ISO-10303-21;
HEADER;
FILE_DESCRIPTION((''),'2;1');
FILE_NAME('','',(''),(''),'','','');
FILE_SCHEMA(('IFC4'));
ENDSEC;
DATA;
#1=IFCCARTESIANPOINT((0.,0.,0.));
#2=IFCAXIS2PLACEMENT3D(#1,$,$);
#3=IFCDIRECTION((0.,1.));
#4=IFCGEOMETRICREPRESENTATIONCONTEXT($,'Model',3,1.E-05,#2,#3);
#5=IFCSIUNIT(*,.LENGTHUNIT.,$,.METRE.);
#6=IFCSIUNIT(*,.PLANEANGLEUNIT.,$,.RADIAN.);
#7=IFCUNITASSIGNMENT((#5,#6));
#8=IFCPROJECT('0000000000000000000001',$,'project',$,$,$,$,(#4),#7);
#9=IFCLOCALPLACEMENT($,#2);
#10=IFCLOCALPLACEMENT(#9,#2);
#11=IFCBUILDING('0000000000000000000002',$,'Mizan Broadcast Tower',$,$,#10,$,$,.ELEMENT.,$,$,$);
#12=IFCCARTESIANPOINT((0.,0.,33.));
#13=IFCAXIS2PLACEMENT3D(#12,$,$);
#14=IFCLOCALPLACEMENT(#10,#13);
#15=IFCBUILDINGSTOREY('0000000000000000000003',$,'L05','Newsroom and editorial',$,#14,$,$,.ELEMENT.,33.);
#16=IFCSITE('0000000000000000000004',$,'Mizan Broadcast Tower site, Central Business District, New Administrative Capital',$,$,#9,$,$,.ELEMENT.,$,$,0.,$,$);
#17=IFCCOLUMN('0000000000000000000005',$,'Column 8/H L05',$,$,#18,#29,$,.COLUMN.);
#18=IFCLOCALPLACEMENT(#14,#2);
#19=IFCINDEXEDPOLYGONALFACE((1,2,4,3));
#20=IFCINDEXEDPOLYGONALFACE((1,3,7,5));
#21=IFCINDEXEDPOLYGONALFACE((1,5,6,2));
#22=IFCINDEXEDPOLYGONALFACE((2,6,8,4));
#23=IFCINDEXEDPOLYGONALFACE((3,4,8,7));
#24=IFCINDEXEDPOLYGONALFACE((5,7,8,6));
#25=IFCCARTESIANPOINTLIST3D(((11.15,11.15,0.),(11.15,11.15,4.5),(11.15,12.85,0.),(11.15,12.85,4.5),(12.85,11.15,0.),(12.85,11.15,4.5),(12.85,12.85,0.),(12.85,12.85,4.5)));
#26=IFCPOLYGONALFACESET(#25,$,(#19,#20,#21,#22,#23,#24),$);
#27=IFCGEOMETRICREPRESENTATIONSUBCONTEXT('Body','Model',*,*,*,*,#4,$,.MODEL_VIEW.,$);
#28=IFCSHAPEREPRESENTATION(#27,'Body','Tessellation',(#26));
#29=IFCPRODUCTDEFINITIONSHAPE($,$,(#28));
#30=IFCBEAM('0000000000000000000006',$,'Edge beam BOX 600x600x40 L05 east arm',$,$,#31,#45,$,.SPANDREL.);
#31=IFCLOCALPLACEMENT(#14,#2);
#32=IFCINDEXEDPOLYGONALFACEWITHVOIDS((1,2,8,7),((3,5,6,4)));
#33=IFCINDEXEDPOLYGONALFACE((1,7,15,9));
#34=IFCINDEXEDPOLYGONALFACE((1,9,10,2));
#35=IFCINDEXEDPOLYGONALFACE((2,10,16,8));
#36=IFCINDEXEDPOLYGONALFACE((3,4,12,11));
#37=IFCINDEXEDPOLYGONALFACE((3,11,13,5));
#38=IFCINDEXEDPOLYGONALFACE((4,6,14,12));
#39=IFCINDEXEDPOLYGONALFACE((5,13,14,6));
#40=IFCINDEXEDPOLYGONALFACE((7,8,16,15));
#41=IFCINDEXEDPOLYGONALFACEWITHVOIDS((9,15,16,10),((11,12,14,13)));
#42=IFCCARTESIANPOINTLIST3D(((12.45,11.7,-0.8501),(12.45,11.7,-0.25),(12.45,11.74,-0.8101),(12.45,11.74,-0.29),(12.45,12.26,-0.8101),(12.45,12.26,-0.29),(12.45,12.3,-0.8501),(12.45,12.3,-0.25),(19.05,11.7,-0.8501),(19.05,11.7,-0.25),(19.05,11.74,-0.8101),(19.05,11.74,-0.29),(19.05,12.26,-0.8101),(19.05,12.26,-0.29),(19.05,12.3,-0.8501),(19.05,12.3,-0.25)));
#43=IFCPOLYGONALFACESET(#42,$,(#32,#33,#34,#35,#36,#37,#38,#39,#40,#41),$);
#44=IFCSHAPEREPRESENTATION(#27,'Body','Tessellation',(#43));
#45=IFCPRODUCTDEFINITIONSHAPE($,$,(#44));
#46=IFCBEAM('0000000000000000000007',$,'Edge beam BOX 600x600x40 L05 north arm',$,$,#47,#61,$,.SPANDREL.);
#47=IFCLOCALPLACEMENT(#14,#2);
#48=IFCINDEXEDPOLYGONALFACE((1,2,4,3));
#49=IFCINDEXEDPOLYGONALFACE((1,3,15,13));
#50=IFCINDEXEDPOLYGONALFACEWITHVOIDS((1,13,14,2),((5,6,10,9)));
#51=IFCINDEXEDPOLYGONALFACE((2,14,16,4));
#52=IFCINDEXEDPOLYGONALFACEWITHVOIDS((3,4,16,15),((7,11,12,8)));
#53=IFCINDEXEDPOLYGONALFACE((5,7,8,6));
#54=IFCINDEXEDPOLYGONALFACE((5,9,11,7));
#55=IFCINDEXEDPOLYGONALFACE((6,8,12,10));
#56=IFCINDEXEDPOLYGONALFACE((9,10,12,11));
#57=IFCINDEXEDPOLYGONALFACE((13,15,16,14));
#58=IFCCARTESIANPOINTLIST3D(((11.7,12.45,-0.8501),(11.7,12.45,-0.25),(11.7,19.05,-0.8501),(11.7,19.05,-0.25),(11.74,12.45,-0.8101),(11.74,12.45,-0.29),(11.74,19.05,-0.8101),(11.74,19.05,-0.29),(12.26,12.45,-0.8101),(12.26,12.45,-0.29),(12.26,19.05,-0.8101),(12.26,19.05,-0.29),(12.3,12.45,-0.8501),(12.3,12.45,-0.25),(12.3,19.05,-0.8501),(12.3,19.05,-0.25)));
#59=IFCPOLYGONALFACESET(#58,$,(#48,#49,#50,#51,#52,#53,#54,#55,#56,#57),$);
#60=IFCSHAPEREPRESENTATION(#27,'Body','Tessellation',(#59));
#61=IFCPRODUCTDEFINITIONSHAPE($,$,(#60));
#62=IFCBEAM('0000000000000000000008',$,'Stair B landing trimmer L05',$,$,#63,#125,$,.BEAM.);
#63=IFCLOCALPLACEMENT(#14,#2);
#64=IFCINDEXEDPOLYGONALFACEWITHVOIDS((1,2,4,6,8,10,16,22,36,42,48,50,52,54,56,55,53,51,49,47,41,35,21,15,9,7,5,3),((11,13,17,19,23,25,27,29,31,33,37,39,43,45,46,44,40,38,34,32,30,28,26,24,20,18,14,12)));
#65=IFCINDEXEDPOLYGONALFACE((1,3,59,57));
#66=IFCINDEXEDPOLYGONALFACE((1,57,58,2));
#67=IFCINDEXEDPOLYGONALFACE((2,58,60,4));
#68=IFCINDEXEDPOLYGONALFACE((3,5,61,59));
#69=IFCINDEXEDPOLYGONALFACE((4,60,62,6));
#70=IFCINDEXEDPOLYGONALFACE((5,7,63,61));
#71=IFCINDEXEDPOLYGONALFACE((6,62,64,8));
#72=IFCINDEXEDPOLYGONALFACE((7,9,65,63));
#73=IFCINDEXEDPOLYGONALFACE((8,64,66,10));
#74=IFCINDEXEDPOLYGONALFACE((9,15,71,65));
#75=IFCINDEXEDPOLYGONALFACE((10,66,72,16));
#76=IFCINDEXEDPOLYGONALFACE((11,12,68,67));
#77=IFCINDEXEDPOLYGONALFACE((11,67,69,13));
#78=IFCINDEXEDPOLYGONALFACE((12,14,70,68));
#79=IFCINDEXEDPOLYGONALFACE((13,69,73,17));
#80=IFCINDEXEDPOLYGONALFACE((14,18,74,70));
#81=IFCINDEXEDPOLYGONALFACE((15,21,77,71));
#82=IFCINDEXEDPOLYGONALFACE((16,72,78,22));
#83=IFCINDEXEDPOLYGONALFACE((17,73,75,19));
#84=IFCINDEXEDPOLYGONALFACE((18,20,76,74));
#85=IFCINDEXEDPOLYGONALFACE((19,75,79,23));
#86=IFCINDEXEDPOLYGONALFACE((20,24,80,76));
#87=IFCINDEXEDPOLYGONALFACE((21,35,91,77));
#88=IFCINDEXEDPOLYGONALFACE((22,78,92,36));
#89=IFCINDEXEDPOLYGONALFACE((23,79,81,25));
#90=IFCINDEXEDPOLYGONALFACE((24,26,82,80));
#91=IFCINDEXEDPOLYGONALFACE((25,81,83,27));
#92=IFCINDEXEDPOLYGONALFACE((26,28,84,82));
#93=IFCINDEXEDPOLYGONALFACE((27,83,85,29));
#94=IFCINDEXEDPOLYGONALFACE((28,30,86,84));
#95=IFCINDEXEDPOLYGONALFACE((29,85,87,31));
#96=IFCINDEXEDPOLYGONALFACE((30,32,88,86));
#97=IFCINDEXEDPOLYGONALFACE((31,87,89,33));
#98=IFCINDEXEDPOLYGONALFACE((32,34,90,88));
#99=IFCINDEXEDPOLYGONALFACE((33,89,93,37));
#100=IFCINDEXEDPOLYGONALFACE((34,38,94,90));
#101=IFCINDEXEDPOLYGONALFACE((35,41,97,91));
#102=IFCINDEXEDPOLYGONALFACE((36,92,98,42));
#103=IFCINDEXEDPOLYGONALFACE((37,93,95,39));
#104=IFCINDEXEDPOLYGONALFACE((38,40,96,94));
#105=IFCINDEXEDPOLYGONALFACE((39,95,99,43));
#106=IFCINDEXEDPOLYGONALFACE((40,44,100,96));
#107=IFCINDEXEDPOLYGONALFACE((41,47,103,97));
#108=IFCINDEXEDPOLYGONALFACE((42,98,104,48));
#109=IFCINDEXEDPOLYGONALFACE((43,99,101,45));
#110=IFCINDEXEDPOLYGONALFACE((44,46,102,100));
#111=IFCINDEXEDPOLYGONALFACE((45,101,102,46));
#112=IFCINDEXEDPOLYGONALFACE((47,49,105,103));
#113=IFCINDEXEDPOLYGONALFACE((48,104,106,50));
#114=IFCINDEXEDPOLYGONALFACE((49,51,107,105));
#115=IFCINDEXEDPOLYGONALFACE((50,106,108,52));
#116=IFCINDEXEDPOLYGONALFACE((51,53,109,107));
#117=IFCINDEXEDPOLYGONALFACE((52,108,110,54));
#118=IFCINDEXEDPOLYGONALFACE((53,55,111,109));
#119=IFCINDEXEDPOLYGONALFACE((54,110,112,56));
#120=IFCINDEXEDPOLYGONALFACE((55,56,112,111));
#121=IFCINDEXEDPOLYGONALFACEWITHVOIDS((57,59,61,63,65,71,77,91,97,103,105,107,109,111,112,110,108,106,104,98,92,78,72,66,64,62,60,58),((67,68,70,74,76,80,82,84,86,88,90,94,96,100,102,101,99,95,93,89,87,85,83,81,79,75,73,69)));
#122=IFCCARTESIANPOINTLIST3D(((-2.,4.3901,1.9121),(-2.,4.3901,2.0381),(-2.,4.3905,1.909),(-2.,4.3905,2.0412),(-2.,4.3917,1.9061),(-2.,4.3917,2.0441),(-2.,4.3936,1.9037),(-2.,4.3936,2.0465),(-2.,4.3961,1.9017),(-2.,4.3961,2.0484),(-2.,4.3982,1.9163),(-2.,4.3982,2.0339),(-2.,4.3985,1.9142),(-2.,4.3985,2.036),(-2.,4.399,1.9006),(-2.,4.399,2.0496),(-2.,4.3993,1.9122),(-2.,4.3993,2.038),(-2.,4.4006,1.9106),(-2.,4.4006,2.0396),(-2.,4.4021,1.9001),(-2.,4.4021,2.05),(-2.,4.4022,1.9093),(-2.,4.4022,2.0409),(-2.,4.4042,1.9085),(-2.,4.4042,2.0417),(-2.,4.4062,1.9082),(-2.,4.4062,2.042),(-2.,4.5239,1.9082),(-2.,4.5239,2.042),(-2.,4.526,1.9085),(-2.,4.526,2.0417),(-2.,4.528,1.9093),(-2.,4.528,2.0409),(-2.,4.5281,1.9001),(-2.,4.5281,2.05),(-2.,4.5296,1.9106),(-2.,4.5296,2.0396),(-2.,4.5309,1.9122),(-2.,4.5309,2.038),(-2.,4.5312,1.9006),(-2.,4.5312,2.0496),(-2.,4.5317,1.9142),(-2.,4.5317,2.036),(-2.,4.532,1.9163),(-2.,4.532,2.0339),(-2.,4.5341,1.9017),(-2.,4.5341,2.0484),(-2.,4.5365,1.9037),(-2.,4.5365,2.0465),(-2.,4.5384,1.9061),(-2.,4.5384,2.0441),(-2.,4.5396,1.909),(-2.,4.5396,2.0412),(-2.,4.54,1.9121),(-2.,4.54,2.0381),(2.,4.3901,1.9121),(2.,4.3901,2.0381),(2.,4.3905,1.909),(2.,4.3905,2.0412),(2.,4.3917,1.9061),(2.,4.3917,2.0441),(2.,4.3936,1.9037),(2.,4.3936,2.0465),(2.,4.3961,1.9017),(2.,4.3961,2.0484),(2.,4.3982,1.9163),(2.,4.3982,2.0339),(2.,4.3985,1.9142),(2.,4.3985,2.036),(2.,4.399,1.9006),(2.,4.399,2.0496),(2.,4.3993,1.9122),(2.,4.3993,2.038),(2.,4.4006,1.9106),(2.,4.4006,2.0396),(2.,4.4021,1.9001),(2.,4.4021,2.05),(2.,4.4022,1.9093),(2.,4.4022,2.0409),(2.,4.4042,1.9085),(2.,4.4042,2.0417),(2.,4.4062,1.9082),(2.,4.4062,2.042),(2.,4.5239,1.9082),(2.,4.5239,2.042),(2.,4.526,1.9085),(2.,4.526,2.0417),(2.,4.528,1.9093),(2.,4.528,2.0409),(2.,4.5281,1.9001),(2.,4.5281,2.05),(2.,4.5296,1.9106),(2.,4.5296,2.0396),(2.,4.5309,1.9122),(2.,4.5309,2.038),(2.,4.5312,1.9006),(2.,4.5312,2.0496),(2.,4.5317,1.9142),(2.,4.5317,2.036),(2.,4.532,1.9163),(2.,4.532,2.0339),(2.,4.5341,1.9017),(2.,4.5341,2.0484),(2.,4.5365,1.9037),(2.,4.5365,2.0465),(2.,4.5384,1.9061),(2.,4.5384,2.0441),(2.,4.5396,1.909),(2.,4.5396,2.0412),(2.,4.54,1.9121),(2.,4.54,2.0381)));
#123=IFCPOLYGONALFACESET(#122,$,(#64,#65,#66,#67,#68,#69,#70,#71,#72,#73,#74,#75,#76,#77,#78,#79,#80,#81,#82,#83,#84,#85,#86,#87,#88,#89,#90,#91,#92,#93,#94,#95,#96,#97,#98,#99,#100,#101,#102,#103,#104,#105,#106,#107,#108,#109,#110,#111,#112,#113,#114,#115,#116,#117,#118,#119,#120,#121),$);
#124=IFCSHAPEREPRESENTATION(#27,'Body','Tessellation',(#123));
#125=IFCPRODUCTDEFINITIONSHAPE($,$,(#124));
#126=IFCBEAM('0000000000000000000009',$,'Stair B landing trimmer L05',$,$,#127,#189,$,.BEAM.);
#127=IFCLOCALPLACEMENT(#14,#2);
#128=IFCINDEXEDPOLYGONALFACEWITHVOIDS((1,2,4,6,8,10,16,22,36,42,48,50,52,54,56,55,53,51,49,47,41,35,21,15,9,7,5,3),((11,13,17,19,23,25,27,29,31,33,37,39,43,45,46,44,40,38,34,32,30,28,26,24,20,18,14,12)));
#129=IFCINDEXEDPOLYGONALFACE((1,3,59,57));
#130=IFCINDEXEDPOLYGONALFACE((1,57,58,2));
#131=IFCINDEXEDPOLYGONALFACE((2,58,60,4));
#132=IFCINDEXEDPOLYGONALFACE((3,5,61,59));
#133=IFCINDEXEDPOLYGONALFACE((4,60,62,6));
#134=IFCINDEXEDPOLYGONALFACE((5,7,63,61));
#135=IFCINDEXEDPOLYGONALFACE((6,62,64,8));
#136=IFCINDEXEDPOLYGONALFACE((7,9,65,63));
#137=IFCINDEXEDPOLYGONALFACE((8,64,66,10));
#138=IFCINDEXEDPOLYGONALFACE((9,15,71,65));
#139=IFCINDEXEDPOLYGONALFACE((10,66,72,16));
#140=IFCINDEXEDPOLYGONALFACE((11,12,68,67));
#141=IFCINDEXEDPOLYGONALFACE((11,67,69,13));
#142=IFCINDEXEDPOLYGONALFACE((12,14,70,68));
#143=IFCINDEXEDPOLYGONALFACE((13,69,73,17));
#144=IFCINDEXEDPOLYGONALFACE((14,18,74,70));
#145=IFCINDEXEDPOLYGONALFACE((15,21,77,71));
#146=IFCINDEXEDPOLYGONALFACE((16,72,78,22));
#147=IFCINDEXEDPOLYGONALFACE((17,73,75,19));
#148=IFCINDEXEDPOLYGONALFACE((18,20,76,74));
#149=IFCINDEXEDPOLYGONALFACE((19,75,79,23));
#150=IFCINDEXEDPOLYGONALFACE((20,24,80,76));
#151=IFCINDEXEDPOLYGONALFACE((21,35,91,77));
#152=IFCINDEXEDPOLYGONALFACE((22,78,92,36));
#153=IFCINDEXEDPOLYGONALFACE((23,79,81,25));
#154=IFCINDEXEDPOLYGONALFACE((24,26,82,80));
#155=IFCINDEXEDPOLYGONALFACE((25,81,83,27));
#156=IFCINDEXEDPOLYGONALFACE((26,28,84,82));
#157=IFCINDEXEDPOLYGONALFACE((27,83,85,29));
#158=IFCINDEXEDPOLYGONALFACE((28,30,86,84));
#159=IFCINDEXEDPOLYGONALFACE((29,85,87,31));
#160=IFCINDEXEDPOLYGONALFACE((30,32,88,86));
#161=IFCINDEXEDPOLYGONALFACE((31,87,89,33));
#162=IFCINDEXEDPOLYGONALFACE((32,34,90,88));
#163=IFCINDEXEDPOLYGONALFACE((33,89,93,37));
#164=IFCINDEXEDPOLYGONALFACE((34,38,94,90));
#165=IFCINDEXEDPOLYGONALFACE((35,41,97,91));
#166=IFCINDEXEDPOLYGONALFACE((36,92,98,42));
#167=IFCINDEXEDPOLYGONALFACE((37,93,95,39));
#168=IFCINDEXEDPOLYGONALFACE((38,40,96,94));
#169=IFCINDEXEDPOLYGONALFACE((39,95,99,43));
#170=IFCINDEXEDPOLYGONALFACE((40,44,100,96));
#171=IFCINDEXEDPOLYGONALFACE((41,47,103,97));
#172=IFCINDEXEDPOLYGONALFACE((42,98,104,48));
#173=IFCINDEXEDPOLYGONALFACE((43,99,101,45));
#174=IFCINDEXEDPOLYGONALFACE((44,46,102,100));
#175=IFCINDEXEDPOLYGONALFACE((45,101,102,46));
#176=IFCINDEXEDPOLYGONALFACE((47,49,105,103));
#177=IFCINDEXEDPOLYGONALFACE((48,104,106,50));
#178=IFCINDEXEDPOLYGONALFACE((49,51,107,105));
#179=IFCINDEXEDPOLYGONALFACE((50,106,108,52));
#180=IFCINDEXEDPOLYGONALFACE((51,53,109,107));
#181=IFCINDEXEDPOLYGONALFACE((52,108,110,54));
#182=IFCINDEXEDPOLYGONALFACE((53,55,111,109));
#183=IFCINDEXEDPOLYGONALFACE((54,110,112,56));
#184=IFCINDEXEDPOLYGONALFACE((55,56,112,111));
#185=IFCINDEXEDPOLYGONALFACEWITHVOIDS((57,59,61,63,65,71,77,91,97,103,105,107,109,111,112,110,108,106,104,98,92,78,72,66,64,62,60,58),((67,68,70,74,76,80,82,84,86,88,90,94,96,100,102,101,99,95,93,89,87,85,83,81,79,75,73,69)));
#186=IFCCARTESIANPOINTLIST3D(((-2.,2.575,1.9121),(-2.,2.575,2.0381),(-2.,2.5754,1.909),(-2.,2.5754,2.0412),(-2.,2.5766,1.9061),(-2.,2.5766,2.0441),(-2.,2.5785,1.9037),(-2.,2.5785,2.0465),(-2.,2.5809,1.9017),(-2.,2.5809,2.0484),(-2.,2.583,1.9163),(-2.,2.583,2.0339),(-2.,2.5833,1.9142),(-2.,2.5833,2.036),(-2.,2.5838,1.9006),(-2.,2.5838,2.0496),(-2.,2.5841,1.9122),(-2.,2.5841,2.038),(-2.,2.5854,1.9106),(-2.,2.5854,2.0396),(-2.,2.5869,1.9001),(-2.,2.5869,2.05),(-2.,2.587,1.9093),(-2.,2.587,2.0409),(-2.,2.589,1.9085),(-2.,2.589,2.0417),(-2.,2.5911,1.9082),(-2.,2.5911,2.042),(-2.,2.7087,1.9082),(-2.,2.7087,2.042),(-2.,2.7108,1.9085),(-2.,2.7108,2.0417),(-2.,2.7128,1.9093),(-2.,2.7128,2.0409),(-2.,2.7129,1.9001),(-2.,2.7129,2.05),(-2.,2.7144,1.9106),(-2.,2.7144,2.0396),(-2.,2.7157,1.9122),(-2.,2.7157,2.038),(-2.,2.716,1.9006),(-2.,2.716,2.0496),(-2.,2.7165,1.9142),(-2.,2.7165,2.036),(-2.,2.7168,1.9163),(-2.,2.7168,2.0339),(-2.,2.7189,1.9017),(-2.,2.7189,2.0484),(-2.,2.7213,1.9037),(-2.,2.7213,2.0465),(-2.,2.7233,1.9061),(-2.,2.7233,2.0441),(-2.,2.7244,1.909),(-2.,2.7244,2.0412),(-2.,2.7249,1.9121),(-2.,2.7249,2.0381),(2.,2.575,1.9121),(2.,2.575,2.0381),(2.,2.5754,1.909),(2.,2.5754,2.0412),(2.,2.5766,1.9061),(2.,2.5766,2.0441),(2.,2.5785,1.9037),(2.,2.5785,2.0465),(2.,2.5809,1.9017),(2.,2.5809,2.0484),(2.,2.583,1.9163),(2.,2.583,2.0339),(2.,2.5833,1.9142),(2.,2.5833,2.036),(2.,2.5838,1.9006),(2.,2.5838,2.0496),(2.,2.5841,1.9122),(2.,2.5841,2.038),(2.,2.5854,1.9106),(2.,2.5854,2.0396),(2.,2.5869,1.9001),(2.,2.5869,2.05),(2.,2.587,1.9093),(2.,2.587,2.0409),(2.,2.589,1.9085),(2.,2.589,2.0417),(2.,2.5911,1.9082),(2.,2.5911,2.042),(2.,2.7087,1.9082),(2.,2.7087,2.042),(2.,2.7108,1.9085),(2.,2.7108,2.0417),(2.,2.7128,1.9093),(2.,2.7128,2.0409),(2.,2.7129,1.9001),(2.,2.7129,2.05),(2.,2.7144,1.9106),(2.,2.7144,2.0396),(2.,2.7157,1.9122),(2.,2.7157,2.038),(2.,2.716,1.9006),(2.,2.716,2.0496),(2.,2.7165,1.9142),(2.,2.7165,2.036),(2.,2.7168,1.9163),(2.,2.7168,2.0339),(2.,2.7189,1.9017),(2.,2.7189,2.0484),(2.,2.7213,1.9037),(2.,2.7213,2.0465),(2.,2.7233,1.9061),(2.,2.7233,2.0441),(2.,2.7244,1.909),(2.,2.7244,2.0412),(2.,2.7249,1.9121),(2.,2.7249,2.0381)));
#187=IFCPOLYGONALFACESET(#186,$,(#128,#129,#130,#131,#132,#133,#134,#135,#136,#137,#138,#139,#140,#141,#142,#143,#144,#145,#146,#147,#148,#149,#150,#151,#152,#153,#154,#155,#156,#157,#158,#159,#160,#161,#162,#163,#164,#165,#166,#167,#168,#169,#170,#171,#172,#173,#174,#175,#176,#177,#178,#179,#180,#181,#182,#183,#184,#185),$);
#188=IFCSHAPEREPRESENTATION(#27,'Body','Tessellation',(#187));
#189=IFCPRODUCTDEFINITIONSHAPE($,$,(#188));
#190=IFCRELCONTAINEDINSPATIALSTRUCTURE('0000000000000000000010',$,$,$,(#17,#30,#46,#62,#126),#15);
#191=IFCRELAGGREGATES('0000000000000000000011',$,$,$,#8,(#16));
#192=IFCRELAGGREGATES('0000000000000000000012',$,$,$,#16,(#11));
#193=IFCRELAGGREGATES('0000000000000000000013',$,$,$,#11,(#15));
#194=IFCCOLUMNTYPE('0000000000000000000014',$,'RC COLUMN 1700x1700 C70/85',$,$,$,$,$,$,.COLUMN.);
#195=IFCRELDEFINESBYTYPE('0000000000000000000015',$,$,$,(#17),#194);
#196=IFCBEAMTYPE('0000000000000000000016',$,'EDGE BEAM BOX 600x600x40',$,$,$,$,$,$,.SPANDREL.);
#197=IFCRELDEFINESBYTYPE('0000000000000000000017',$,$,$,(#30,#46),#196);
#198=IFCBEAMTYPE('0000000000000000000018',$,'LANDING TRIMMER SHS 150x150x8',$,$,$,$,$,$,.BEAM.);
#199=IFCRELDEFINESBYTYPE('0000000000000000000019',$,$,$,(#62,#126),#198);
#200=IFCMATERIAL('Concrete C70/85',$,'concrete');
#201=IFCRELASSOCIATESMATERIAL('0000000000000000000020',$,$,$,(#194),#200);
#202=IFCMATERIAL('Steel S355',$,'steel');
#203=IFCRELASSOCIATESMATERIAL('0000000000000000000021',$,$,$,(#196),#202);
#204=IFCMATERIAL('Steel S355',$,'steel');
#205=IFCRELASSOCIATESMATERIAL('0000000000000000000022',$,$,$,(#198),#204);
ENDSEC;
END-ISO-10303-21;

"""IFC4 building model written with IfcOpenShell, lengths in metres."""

from ifc_helpers import new_model, si_unit, direction, frame, origin, origin_2d, place, context, subcontext, project, spatial, rectangle, hollow_rectangle, extrude, material, material_profile, profile_set, type_object, element, save


model = new_model("IFC4")

# Units and contexts
model_context = context("Model", 3, precision=1e-05, world=origin(), true_north=direction((0.0, 1.0)))
body_context = subcontext(model_context, "Body", "Model", "MODEL_VIEW")
ifc_project = project(units=[si_unit("LENGTHUNIT", "METRE"), si_unit("PLANEANGLEUNIT", "RADIAN")], contexts=[model_context])

# Site, building, storey
site_placement = place(None, origin())
site = spatial("IfcSite", under=ifc_project, at=site_placement, Name="Mizan Broadcast Tower site, Central Business District, New Administrative Capital", CompositionType="ELEMENT", RefElevation=0.0)
building_placement = place(site_placement, origin())
building = spatial("IfcBuilding", under=site, at=building_placement, Name="Mizan Broadcast Tower", CompositionType="ELEMENT")
storey_placement = place(building_placement, frame((0.0, 0.0, 33.0)))
storey = spatial("IfcBuildingStorey", under=building, at=storey_placement, Name="L05", Description="Newsroom and editorial", CompositionType="ELEMENT", Elevation=33.0)

# Column
ifc_material_1 = material(Name="Concrete C70/85", Category="concrete")
ifc_material_profile_1 = material_profile(ifc_material_1, rectangle(XDim=1.7, YDim=1.7, at=origin_2d()), Name="RC 1700x1700")
ifc_profile_set_1 = profile_set([ifc_material_profile_1], Name="Concrete C70/85")
column_type = type_object("IfcColumnType", Name="RC COLUMN 1700x1700 C70/85", PredefinedType="COLUMN", material=ifc_profile_set_1)
column_placement = place(storey_placement, frame((12.0, 12.0, 0.0), z_axis=(0.0, 0.0, 1.0), x_axis=(1.0, 0.0, 0.0)))
element("IfcColumn", 1, at=column_placement, inside=storey, type_object=column_type, Name="Column 8/H L05", PredefinedType="COLUMN", context=body_context, shape_type="SweptSolid", body=[
    extrude(rectangle(XDim=1.7, YDim=1.7, at=origin_2d()), origin(), (0.0, 0.0, 1.0), 4.5),
])

# Beams
ifc_material_2 = material(Name="Steel S355", Category="steel")
ifc_material_profile_2 = material_profile(ifc_material_2, hollow_rectangle(XDim=0.6001, YDim=0.6001, WallThickness=0.04, at=origin_2d()), Name="BOX 600x600x40")
ifc_profile_set_2 = profile_set([ifc_material_profile_2], Name="Steel S355")
beam_type_1 = type_object("IfcBeamType", Name="EDGE BEAM BOX 600x600x40", PredefinedType="SPANDREL", material=ifc_profile_set_2)
for number, where, z_axis, x_axis, name in (
    (2, (12.45, 12.0, -0.55), (1.0, 0.0, 0.0), (0.0, 1.0, 0.0), "Edge beam BOX 600x600x40 L05 east arm"),
    (3, (12.0, 12.45, -0.55), (0.0, 1.0, 0.0), (-1.0, 0.0, 0.0), "Edge beam BOX 600x600x40 L05 north arm"),
):
    element("IfcBeam", number, at=place(storey_placement, frame(where, z_axis=z_axis, x_axis=x_axis)), inside=storey, type_object=beam_type_1, Name=name, PredefinedType="SPANDREL", context=body_context, shape_type="SweptSolid", body=[
        extrude(hollow_rectangle(XDim=0.6001, YDim=0.6001, WallThickness=0.04, at=origin_2d()), origin(), (0.0, 0.0, 1.0), 6.6001),
    ])
ifc_material_3 = material(Name="Steel S355", Category="steel")
ifc_material_profile_3 = material_profile(ifc_material_3, hollow_rectangle(XDim=0.1499, YDim=0.1499, WallThickness=0.0081, InnerFilletRadius=0.0081, OuterFilletRadius=0.012, at=origin_2d()), Name="SHS 150x150x8")
ifc_profile_set_3 = profile_set([ifc_material_profile_3], Name="Steel S355")
beam_type_2 = type_object("IfcBeamType", Name="LANDING TRIMMER SHS 150x150x8", PredefinedType="BEAM", material=ifc_profile_set_3)
for number, where, z_axis, x_axis, name in (
    (4, (2.0, 4.4651, 1.9751), (-1.0, 0.0, 0.0), (0.0, -1.0, 0.0), "Stair B landing trimmer L05"),
    (5, (2.0, 2.6499, 1.9751), (-1.0, 0.0, 0.0), (0.0, -1.0, 0.0), "Stair B landing trimmer L05"),
):
    element("IfcBeam", number, at=place(storey_placement, frame(where, z_axis=z_axis, x_axis=x_axis)), inside=storey, type_object=beam_type_2, Name=name, PredefinedType="BEAM", context=body_context, shape_type="SweptSolid", body=[
        extrude(hollow_rectangle(XDim=0.1499, YDim=0.1499, WallThickness=0.0081, InnerFilletRadius=0.0081, OuterFilletRadius=0.012, at=origin_2d()), origin(), (0.0, 0.0, 1.0), 4.0),
    ])

save(model, "model.ifc")
